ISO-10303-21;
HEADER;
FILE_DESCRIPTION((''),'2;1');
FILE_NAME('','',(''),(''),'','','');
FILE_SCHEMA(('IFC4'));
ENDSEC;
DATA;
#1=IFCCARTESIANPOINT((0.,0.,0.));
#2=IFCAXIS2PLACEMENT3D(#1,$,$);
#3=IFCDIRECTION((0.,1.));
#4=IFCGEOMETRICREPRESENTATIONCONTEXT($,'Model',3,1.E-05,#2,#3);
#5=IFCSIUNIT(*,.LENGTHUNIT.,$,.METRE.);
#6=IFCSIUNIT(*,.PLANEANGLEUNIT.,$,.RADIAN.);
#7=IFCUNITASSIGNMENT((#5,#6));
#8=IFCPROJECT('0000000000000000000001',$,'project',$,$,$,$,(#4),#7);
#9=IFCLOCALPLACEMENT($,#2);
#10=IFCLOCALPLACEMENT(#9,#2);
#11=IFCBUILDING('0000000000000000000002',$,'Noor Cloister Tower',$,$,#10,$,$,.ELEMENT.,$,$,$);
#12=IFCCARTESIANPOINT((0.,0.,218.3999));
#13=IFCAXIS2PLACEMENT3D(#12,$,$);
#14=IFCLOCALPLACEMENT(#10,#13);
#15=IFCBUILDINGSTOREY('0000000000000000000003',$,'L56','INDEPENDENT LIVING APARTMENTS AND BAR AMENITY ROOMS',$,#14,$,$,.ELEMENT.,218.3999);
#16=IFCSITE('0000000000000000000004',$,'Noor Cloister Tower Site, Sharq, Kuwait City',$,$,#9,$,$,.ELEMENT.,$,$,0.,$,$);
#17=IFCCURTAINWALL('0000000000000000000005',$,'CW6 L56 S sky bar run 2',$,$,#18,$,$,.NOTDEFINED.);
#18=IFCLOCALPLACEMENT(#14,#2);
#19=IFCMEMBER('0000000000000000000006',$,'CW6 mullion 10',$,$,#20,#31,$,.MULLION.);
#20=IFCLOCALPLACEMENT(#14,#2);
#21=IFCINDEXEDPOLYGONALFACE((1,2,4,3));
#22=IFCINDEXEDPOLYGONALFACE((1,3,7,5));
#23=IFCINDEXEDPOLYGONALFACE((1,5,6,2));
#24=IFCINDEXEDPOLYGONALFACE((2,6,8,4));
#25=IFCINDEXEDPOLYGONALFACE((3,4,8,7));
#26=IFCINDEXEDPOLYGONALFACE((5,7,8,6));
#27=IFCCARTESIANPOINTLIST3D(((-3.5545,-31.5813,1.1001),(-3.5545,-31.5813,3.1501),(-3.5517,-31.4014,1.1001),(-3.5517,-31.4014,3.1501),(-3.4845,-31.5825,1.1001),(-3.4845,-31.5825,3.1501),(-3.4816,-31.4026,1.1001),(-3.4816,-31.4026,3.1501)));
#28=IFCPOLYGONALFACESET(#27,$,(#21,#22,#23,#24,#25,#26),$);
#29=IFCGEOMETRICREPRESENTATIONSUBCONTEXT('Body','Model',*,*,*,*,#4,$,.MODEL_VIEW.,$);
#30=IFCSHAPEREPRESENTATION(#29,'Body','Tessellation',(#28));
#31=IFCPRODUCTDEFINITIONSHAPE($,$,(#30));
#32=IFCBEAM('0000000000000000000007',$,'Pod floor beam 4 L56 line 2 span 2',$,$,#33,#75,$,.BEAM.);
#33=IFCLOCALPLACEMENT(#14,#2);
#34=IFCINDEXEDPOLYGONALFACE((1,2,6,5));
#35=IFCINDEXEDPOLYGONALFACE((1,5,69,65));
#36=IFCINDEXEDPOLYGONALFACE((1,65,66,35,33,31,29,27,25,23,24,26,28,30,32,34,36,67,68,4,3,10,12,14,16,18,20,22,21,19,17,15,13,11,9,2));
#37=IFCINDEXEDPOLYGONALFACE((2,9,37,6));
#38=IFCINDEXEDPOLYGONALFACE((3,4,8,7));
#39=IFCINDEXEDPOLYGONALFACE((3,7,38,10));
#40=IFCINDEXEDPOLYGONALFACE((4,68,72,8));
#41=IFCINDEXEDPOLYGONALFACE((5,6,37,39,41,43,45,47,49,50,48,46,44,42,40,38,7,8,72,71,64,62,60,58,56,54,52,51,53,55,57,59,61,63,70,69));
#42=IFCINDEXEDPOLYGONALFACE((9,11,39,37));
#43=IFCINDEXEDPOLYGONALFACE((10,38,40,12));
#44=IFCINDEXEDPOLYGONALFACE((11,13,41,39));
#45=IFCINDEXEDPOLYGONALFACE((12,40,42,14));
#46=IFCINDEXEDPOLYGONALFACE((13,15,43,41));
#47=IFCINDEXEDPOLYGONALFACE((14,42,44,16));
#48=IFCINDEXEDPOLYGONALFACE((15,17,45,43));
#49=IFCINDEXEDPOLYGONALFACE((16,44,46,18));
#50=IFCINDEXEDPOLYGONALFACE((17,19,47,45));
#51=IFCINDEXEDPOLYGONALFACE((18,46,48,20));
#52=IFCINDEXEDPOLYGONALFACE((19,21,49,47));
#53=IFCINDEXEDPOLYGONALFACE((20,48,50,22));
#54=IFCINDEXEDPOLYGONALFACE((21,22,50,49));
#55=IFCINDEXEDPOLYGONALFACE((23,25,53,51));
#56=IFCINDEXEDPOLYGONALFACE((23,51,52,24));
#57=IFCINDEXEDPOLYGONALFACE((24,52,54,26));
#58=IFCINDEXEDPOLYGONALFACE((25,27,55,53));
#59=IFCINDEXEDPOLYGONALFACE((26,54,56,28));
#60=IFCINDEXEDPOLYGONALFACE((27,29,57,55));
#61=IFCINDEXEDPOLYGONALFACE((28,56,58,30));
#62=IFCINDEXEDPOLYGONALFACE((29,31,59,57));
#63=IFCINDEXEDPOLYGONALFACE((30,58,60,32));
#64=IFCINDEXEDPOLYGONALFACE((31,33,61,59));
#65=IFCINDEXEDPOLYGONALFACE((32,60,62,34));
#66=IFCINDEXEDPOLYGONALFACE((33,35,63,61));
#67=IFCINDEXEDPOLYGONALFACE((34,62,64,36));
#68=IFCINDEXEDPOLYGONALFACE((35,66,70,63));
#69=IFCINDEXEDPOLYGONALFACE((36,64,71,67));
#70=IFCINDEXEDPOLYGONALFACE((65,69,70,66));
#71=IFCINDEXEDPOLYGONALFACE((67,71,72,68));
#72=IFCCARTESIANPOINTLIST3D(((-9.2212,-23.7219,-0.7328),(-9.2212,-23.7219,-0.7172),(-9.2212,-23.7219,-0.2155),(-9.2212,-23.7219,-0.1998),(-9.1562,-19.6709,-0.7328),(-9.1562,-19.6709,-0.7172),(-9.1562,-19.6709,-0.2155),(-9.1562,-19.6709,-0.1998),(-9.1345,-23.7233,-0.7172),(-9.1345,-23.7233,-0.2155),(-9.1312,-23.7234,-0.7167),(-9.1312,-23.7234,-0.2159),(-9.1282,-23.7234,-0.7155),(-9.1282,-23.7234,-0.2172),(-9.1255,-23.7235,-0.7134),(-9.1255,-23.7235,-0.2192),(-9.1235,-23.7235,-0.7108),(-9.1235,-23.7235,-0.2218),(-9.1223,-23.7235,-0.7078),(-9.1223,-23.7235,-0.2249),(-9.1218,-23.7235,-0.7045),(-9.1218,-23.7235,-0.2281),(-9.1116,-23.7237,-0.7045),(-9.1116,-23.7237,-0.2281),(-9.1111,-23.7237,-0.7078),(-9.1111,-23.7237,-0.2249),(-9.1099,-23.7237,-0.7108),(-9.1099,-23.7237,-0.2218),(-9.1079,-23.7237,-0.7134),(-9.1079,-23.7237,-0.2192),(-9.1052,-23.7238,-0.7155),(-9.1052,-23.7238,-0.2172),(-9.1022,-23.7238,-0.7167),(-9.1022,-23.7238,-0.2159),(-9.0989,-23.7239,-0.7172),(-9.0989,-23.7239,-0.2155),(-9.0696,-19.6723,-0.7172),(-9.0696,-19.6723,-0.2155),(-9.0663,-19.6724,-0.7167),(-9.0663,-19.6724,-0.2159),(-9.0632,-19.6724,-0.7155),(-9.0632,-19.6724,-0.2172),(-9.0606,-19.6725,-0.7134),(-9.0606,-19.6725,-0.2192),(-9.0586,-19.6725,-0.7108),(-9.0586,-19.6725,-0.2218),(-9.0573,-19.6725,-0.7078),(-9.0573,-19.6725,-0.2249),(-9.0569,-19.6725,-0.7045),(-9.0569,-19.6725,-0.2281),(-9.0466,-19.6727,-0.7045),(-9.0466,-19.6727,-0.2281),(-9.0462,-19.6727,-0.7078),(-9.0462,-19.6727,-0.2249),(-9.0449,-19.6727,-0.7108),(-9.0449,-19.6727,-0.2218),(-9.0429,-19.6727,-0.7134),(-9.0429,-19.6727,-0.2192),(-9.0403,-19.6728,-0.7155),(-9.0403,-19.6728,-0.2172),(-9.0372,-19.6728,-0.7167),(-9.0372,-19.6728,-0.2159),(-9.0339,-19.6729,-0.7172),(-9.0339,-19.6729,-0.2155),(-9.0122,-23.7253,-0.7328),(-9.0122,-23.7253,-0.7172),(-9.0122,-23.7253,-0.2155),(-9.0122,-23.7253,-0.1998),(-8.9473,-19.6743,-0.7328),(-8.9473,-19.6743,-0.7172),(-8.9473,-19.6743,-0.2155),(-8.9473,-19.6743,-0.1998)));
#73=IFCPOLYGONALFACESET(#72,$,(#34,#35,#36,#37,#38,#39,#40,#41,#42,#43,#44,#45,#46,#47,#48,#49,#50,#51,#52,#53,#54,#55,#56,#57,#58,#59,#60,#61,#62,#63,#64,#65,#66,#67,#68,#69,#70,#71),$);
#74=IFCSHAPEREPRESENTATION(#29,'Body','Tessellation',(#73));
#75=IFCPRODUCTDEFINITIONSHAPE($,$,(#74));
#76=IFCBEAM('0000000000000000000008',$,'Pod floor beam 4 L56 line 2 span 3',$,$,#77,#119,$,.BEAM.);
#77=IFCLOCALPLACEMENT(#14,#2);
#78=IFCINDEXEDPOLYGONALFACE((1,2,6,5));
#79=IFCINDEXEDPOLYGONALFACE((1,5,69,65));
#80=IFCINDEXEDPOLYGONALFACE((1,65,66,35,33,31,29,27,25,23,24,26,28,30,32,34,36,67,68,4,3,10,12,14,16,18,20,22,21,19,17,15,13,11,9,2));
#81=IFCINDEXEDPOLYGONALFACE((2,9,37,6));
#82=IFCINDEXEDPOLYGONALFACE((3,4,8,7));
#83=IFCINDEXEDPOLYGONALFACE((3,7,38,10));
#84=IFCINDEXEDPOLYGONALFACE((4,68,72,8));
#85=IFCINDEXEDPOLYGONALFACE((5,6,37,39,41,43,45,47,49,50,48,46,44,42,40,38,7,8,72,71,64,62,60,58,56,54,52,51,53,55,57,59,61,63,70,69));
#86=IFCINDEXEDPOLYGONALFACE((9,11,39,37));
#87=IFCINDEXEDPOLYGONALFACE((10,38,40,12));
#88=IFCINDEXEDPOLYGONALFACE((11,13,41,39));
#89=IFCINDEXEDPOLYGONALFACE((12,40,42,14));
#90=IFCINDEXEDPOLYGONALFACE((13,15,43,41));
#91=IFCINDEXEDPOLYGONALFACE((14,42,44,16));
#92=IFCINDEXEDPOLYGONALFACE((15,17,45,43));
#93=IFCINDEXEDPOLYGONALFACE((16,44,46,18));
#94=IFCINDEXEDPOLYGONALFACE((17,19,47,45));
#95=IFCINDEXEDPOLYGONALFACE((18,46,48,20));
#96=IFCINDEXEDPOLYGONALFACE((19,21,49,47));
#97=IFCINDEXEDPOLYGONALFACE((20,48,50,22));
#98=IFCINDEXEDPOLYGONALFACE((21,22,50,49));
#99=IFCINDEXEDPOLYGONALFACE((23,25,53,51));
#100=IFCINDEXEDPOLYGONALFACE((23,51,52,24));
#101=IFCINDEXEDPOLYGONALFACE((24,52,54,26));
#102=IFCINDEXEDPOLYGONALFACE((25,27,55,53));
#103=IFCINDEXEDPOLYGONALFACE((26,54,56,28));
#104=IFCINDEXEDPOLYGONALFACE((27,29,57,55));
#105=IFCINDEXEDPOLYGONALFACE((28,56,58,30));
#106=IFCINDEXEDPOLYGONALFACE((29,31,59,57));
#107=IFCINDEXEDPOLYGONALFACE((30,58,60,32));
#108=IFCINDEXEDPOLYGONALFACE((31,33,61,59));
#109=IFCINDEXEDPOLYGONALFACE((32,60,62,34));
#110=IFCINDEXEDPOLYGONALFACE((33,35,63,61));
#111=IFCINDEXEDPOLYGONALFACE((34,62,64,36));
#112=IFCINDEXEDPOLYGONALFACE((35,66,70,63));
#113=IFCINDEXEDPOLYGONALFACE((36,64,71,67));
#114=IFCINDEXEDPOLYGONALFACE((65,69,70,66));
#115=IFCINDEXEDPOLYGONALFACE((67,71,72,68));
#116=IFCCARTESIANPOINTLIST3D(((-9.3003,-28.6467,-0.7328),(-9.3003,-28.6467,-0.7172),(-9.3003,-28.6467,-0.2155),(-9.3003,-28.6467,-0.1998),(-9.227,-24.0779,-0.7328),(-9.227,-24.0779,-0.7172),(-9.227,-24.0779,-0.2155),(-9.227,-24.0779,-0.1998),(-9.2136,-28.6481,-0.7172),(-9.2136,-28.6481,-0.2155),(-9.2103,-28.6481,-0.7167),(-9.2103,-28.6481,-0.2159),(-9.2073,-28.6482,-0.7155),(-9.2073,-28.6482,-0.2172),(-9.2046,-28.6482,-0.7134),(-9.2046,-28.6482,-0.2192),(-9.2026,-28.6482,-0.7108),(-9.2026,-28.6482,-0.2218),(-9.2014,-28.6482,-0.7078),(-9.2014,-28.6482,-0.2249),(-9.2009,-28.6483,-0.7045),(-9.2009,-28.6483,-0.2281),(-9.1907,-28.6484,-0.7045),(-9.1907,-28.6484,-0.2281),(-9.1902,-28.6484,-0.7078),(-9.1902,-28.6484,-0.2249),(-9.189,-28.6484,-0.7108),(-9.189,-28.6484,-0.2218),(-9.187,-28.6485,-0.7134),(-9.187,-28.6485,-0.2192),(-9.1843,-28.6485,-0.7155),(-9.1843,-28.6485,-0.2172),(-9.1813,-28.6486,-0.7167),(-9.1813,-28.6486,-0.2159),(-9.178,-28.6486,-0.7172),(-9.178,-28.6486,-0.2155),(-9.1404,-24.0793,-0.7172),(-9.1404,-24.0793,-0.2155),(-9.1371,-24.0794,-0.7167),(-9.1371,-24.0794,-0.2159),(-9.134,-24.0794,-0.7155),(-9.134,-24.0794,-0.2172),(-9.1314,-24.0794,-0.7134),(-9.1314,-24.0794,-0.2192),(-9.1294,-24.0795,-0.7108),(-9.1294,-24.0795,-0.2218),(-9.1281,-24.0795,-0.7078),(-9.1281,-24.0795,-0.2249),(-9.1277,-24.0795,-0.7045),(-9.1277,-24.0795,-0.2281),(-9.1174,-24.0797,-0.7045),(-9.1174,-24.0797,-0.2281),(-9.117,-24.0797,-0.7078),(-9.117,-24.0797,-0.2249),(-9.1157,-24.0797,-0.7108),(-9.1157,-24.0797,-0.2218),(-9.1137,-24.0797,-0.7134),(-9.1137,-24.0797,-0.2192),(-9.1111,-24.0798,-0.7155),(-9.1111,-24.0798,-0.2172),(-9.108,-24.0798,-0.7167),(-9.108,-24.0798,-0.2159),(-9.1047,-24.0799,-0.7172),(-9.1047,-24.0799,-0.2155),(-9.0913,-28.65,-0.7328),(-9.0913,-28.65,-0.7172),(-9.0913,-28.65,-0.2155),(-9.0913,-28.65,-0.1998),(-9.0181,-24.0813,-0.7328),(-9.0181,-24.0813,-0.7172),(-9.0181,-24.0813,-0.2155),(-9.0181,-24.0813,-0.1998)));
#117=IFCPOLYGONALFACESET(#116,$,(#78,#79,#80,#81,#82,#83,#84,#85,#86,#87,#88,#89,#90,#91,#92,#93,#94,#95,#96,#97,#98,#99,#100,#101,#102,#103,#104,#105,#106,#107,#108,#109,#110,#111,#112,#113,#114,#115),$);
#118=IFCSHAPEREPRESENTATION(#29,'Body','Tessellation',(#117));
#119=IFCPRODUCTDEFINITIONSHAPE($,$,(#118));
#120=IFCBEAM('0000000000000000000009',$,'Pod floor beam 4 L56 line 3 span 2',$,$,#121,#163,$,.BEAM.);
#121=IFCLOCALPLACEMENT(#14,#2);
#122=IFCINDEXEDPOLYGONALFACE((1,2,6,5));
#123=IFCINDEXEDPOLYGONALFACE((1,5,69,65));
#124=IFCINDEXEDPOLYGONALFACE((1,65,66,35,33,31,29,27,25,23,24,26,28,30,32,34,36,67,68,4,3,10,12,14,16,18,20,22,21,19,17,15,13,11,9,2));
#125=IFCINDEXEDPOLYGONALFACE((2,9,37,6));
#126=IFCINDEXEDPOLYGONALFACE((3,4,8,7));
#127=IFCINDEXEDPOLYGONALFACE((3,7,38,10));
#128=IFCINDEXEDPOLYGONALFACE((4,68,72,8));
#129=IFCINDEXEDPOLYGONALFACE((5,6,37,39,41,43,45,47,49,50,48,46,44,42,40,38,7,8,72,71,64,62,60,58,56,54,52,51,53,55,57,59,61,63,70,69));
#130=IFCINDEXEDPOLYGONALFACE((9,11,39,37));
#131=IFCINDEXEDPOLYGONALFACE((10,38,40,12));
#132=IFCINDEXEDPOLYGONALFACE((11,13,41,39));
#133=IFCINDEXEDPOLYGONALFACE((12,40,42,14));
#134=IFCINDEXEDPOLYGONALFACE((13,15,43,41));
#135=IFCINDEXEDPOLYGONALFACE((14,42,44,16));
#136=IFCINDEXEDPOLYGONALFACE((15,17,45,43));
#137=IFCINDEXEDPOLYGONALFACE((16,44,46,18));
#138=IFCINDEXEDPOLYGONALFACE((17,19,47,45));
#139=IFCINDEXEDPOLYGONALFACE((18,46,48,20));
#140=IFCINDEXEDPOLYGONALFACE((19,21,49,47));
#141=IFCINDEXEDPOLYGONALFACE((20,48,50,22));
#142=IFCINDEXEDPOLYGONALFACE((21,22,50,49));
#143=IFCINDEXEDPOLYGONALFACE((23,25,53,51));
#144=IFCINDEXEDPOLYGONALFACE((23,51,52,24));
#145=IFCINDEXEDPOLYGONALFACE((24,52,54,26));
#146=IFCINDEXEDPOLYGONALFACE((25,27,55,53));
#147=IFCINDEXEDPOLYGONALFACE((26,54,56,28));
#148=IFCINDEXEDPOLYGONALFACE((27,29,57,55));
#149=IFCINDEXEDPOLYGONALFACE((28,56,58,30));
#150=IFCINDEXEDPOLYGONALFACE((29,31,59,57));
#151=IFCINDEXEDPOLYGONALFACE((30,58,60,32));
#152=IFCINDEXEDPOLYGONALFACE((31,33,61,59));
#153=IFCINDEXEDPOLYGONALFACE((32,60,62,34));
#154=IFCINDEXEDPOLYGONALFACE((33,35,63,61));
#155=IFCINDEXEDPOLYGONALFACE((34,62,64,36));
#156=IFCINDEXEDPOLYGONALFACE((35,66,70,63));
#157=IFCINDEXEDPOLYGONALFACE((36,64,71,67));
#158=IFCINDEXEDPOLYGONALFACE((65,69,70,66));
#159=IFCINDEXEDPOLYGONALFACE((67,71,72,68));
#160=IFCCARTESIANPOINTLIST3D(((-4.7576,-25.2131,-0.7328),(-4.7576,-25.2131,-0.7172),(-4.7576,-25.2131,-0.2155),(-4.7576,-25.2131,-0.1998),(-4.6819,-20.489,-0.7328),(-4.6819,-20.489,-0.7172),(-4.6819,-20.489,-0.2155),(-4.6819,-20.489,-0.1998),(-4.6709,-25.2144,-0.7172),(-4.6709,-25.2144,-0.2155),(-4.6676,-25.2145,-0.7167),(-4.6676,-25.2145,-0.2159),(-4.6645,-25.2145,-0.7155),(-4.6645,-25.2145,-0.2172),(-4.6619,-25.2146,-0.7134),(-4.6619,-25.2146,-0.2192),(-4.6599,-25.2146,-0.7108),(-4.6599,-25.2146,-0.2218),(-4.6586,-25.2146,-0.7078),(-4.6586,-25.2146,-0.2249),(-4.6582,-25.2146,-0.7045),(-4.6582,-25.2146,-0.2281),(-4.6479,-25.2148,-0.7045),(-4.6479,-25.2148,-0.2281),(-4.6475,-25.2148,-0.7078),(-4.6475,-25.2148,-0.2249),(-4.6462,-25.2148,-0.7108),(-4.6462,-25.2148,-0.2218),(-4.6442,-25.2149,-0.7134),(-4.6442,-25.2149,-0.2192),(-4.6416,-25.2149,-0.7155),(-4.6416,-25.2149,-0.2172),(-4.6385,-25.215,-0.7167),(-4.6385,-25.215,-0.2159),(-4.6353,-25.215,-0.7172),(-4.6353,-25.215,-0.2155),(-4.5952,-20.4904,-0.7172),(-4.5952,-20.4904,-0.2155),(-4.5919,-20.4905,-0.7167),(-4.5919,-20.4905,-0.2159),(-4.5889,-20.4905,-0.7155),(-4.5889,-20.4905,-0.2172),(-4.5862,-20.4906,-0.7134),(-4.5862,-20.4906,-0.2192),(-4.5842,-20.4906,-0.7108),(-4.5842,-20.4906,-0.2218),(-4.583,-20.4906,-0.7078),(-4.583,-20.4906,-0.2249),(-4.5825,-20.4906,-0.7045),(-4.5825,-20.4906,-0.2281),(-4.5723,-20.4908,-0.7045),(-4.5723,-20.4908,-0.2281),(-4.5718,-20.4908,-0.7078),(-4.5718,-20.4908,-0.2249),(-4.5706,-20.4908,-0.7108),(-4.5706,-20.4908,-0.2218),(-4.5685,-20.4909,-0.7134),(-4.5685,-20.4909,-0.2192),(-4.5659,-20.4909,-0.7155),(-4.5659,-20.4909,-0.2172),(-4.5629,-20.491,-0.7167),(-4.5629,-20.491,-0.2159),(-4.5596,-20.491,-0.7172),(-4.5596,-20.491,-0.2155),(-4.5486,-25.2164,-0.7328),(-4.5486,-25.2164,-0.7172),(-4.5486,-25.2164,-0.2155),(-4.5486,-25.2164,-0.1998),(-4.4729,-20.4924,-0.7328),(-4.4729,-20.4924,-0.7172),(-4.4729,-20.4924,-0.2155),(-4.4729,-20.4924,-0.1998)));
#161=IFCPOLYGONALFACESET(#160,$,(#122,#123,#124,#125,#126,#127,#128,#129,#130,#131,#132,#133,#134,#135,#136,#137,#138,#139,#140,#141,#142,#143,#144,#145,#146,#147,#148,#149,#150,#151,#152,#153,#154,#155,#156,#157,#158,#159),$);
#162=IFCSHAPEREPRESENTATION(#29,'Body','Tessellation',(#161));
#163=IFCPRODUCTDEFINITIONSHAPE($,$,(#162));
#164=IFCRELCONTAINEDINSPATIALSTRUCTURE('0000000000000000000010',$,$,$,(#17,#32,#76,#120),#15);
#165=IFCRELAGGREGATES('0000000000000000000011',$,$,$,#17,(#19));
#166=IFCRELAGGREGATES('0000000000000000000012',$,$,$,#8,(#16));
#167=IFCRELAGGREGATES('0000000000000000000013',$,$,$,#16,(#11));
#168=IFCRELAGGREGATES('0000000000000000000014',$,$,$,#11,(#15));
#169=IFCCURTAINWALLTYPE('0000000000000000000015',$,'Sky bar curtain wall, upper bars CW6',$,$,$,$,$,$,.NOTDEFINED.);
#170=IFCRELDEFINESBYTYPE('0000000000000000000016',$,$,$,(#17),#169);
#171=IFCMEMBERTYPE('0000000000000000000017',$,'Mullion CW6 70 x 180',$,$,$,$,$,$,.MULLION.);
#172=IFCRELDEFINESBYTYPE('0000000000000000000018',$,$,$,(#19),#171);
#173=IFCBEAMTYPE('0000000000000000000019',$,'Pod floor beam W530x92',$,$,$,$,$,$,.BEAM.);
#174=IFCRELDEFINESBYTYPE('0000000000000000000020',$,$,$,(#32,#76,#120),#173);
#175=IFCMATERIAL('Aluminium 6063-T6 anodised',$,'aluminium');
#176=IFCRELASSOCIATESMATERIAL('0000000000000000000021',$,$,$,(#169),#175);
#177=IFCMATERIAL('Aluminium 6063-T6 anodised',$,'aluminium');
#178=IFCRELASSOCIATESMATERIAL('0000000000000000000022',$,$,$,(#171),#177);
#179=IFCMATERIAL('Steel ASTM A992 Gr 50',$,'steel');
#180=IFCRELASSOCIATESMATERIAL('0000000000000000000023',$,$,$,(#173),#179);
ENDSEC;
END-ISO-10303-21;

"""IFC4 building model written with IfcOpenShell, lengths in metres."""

from ifc_helpers import new_model, si_unit, direction, frame, origin, origin_2d, place, context, subcontext, project, spatial, rectangle, i_section, extrude, material, material_profile, profile_set, type_object, element, aggregate, save


model = new_model("IFC4")

# Units and contexts
model_context = context("Model", 3, precision=1e-05, world=origin(), true_north=direction((0.0, 1.0)))
body_context = subcontext(model_context, "Body", "Model", "MODEL_VIEW")
ifc_project = project(units=[si_unit("LENGTHUNIT", "METRE"), si_unit("PLANEANGLEUNIT", "RADIAN")], contexts=[model_context])

# Site, building, storey
site_placement = place(None, origin())
site = spatial("IfcSite", under=ifc_project, at=site_placement, Name="Noor Cloister Tower Site, Sharq, Kuwait City", CompositionType="ELEMENT", RefElevation=0.0)
building_placement = place(site_placement, origin())
building = spatial("IfcBuilding", under=site, at=building_placement, Name="Noor Cloister Tower", CompositionType="ELEMENT")
storey_placement = place(building_placement, frame((0.0, 0.0, 218.3999)))
storey = spatial("IfcBuildingStorey", under=building, at=storey_placement, Name="L56", Description="INDEPENDENT LIVING APARTMENTS AND BAR AMENITY ROOMS", CompositionType="ELEMENT", Elevation=218.3999)

# Curtain wall, member
ifc_material_1 = material(Name="Aluminium 6063-T6 anodised", Category="aluminium")
curtain_wall_type = type_object("IfcCurtainWallType", Name="Sky bar curtain wall, upper bars CW6", PredefinedType="NOTDEFINED", material=ifc_material_1)
curtain_wall_placement = place(storey_placement, origin())
curtain_wall = element("IfcCurtainWall", 1, at=curtain_wall_placement, inside=storey, type_object=curtain_wall_type, Name="CW6 L56 S sky bar run 2", PredefinedType="NOTDEFINED")
ifc_material_2 = material(Name="Aluminium 6063-T6 anodised", Category="aluminium")
ifc_material_profile_1 = material_profile(ifc_material_2, rectangle(XDim=0.1799, YDim=0.0701, at=origin_2d()), Name="180 x 70 mullion")
ifc_profile_set_1 = profile_set([ifc_material_profile_1], Name="Aluminium 6063-T6 anodised")
member_type = type_object("IfcMemberType", Name="Mullion CW6 70 x 180", PredefinedType="MULLION", material=ifc_profile_set_1)
member_1_placement = place(storey_placement, frame((-3.5181, -31.4919, 1.1001), z_axis=(0.0, 0.0, 1.0), x_axis=(0.016039, 0.999871, 0.0)))
member_1 = element("IfcMember", 2, at=member_1_placement, type_object=member_type, Name="CW6 mullion 10", PredefinedType="MULLION", context=body_context, shape_type="SweptSolid", body=[
    extrude(rectangle(XDim=0.1799, YDim=0.0701, at=origin_2d()), origin(), (0.0, 0.0, 1.0), 2.05),
])

# Beams
ifc_material_3 = material(Name="Steel ASTM A992 Gr 50", Category="steel")
ifc_material_profile_2 = material_profile(ifc_material_3, i_section(OverallWidth=0.209, OverallDepth=0.533, WebThickness=0.0103, FlangeThickness=0.0156, FilletRadius=0.0127, at=origin_2d()), Name="W530x92")
ifc_profile_set_2 = profile_set([ifc_material_profile_2], Name="Steel ASTM A992 Gr 50")
beam_type = type_object("IfcBeamType", Name="Pod floor beam W530x92", PredefinedType="BEAM", material=ifc_profile_set_2)
beam_1_placement = place(storey_placement, frame((-9.0518, -19.6726, -0.4663), z_axis=(-0.016029, -0.999872, 0.0), x_axis=(0.999872, -0.016029, 0.0)))
element("IfcBeam", 3, at=beam_1_placement, inside=storey, type_object=beam_type, Name="Pod floor beam 4 L56 line 2 span 2", PredefinedType="BEAM", context=body_context, shape_type="SweptSolid", body=[
    extrude(i_section(OverallWidth=0.209, OverallDepth=0.533, WebThickness=0.0103, FlangeThickness=0.0156, FilletRadius=0.0127, at=origin_2d()), origin(), (0.0, 0.0, 1.0), 4.0515),
])
beam_2_placement = place(storey_placement, frame((-9.1226, -24.0796, -0.4663), z_axis=(-0.016029, -0.999872, 0.0), x_axis=(0.999872, -0.016029, 0.0)))
element("IfcBeam", 4, at=beam_2_placement, inside=storey, type_object=beam_type, Name="Pod floor beam 4 L56 line 2 span 3", PredefinedType="BEAM", context=body_context, shape_type="SweptSolid", body=[
    extrude(i_section(OverallWidth=0.209, OverallDepth=0.533, WebThickness=0.0103, FlangeThickness=0.0156, FilletRadius=0.0127, at=origin_2d()), origin(), (0.0, 0.0, 1.0), 4.5693),
])
beam_3_placement = place(storey_placement, frame((-4.5774, -20.4907, -0.4663), z_axis=(-0.016019, -0.999872, 0.0), x_axis=(0.999872, -0.016019, 0.0)))
element("IfcBeam", 5, at=beam_3_placement, inside=storey, type_object=beam_type, Name="Pod floor beam 4 L56 line 3 span 2", PredefinedType="BEAM", context=body_context, shape_type="SweptSolid", body=[
    extrude(i_section(OverallWidth=0.209, OverallDepth=0.533, WebThickness=0.0103, FlangeThickness=0.0156, FilletRadius=0.0127, at=origin_2d()), origin(), (0.0, 0.0, 1.0), 4.7246),
])

aggregate(curtain_wall, [member_1])

save(model, "model.ifc")
